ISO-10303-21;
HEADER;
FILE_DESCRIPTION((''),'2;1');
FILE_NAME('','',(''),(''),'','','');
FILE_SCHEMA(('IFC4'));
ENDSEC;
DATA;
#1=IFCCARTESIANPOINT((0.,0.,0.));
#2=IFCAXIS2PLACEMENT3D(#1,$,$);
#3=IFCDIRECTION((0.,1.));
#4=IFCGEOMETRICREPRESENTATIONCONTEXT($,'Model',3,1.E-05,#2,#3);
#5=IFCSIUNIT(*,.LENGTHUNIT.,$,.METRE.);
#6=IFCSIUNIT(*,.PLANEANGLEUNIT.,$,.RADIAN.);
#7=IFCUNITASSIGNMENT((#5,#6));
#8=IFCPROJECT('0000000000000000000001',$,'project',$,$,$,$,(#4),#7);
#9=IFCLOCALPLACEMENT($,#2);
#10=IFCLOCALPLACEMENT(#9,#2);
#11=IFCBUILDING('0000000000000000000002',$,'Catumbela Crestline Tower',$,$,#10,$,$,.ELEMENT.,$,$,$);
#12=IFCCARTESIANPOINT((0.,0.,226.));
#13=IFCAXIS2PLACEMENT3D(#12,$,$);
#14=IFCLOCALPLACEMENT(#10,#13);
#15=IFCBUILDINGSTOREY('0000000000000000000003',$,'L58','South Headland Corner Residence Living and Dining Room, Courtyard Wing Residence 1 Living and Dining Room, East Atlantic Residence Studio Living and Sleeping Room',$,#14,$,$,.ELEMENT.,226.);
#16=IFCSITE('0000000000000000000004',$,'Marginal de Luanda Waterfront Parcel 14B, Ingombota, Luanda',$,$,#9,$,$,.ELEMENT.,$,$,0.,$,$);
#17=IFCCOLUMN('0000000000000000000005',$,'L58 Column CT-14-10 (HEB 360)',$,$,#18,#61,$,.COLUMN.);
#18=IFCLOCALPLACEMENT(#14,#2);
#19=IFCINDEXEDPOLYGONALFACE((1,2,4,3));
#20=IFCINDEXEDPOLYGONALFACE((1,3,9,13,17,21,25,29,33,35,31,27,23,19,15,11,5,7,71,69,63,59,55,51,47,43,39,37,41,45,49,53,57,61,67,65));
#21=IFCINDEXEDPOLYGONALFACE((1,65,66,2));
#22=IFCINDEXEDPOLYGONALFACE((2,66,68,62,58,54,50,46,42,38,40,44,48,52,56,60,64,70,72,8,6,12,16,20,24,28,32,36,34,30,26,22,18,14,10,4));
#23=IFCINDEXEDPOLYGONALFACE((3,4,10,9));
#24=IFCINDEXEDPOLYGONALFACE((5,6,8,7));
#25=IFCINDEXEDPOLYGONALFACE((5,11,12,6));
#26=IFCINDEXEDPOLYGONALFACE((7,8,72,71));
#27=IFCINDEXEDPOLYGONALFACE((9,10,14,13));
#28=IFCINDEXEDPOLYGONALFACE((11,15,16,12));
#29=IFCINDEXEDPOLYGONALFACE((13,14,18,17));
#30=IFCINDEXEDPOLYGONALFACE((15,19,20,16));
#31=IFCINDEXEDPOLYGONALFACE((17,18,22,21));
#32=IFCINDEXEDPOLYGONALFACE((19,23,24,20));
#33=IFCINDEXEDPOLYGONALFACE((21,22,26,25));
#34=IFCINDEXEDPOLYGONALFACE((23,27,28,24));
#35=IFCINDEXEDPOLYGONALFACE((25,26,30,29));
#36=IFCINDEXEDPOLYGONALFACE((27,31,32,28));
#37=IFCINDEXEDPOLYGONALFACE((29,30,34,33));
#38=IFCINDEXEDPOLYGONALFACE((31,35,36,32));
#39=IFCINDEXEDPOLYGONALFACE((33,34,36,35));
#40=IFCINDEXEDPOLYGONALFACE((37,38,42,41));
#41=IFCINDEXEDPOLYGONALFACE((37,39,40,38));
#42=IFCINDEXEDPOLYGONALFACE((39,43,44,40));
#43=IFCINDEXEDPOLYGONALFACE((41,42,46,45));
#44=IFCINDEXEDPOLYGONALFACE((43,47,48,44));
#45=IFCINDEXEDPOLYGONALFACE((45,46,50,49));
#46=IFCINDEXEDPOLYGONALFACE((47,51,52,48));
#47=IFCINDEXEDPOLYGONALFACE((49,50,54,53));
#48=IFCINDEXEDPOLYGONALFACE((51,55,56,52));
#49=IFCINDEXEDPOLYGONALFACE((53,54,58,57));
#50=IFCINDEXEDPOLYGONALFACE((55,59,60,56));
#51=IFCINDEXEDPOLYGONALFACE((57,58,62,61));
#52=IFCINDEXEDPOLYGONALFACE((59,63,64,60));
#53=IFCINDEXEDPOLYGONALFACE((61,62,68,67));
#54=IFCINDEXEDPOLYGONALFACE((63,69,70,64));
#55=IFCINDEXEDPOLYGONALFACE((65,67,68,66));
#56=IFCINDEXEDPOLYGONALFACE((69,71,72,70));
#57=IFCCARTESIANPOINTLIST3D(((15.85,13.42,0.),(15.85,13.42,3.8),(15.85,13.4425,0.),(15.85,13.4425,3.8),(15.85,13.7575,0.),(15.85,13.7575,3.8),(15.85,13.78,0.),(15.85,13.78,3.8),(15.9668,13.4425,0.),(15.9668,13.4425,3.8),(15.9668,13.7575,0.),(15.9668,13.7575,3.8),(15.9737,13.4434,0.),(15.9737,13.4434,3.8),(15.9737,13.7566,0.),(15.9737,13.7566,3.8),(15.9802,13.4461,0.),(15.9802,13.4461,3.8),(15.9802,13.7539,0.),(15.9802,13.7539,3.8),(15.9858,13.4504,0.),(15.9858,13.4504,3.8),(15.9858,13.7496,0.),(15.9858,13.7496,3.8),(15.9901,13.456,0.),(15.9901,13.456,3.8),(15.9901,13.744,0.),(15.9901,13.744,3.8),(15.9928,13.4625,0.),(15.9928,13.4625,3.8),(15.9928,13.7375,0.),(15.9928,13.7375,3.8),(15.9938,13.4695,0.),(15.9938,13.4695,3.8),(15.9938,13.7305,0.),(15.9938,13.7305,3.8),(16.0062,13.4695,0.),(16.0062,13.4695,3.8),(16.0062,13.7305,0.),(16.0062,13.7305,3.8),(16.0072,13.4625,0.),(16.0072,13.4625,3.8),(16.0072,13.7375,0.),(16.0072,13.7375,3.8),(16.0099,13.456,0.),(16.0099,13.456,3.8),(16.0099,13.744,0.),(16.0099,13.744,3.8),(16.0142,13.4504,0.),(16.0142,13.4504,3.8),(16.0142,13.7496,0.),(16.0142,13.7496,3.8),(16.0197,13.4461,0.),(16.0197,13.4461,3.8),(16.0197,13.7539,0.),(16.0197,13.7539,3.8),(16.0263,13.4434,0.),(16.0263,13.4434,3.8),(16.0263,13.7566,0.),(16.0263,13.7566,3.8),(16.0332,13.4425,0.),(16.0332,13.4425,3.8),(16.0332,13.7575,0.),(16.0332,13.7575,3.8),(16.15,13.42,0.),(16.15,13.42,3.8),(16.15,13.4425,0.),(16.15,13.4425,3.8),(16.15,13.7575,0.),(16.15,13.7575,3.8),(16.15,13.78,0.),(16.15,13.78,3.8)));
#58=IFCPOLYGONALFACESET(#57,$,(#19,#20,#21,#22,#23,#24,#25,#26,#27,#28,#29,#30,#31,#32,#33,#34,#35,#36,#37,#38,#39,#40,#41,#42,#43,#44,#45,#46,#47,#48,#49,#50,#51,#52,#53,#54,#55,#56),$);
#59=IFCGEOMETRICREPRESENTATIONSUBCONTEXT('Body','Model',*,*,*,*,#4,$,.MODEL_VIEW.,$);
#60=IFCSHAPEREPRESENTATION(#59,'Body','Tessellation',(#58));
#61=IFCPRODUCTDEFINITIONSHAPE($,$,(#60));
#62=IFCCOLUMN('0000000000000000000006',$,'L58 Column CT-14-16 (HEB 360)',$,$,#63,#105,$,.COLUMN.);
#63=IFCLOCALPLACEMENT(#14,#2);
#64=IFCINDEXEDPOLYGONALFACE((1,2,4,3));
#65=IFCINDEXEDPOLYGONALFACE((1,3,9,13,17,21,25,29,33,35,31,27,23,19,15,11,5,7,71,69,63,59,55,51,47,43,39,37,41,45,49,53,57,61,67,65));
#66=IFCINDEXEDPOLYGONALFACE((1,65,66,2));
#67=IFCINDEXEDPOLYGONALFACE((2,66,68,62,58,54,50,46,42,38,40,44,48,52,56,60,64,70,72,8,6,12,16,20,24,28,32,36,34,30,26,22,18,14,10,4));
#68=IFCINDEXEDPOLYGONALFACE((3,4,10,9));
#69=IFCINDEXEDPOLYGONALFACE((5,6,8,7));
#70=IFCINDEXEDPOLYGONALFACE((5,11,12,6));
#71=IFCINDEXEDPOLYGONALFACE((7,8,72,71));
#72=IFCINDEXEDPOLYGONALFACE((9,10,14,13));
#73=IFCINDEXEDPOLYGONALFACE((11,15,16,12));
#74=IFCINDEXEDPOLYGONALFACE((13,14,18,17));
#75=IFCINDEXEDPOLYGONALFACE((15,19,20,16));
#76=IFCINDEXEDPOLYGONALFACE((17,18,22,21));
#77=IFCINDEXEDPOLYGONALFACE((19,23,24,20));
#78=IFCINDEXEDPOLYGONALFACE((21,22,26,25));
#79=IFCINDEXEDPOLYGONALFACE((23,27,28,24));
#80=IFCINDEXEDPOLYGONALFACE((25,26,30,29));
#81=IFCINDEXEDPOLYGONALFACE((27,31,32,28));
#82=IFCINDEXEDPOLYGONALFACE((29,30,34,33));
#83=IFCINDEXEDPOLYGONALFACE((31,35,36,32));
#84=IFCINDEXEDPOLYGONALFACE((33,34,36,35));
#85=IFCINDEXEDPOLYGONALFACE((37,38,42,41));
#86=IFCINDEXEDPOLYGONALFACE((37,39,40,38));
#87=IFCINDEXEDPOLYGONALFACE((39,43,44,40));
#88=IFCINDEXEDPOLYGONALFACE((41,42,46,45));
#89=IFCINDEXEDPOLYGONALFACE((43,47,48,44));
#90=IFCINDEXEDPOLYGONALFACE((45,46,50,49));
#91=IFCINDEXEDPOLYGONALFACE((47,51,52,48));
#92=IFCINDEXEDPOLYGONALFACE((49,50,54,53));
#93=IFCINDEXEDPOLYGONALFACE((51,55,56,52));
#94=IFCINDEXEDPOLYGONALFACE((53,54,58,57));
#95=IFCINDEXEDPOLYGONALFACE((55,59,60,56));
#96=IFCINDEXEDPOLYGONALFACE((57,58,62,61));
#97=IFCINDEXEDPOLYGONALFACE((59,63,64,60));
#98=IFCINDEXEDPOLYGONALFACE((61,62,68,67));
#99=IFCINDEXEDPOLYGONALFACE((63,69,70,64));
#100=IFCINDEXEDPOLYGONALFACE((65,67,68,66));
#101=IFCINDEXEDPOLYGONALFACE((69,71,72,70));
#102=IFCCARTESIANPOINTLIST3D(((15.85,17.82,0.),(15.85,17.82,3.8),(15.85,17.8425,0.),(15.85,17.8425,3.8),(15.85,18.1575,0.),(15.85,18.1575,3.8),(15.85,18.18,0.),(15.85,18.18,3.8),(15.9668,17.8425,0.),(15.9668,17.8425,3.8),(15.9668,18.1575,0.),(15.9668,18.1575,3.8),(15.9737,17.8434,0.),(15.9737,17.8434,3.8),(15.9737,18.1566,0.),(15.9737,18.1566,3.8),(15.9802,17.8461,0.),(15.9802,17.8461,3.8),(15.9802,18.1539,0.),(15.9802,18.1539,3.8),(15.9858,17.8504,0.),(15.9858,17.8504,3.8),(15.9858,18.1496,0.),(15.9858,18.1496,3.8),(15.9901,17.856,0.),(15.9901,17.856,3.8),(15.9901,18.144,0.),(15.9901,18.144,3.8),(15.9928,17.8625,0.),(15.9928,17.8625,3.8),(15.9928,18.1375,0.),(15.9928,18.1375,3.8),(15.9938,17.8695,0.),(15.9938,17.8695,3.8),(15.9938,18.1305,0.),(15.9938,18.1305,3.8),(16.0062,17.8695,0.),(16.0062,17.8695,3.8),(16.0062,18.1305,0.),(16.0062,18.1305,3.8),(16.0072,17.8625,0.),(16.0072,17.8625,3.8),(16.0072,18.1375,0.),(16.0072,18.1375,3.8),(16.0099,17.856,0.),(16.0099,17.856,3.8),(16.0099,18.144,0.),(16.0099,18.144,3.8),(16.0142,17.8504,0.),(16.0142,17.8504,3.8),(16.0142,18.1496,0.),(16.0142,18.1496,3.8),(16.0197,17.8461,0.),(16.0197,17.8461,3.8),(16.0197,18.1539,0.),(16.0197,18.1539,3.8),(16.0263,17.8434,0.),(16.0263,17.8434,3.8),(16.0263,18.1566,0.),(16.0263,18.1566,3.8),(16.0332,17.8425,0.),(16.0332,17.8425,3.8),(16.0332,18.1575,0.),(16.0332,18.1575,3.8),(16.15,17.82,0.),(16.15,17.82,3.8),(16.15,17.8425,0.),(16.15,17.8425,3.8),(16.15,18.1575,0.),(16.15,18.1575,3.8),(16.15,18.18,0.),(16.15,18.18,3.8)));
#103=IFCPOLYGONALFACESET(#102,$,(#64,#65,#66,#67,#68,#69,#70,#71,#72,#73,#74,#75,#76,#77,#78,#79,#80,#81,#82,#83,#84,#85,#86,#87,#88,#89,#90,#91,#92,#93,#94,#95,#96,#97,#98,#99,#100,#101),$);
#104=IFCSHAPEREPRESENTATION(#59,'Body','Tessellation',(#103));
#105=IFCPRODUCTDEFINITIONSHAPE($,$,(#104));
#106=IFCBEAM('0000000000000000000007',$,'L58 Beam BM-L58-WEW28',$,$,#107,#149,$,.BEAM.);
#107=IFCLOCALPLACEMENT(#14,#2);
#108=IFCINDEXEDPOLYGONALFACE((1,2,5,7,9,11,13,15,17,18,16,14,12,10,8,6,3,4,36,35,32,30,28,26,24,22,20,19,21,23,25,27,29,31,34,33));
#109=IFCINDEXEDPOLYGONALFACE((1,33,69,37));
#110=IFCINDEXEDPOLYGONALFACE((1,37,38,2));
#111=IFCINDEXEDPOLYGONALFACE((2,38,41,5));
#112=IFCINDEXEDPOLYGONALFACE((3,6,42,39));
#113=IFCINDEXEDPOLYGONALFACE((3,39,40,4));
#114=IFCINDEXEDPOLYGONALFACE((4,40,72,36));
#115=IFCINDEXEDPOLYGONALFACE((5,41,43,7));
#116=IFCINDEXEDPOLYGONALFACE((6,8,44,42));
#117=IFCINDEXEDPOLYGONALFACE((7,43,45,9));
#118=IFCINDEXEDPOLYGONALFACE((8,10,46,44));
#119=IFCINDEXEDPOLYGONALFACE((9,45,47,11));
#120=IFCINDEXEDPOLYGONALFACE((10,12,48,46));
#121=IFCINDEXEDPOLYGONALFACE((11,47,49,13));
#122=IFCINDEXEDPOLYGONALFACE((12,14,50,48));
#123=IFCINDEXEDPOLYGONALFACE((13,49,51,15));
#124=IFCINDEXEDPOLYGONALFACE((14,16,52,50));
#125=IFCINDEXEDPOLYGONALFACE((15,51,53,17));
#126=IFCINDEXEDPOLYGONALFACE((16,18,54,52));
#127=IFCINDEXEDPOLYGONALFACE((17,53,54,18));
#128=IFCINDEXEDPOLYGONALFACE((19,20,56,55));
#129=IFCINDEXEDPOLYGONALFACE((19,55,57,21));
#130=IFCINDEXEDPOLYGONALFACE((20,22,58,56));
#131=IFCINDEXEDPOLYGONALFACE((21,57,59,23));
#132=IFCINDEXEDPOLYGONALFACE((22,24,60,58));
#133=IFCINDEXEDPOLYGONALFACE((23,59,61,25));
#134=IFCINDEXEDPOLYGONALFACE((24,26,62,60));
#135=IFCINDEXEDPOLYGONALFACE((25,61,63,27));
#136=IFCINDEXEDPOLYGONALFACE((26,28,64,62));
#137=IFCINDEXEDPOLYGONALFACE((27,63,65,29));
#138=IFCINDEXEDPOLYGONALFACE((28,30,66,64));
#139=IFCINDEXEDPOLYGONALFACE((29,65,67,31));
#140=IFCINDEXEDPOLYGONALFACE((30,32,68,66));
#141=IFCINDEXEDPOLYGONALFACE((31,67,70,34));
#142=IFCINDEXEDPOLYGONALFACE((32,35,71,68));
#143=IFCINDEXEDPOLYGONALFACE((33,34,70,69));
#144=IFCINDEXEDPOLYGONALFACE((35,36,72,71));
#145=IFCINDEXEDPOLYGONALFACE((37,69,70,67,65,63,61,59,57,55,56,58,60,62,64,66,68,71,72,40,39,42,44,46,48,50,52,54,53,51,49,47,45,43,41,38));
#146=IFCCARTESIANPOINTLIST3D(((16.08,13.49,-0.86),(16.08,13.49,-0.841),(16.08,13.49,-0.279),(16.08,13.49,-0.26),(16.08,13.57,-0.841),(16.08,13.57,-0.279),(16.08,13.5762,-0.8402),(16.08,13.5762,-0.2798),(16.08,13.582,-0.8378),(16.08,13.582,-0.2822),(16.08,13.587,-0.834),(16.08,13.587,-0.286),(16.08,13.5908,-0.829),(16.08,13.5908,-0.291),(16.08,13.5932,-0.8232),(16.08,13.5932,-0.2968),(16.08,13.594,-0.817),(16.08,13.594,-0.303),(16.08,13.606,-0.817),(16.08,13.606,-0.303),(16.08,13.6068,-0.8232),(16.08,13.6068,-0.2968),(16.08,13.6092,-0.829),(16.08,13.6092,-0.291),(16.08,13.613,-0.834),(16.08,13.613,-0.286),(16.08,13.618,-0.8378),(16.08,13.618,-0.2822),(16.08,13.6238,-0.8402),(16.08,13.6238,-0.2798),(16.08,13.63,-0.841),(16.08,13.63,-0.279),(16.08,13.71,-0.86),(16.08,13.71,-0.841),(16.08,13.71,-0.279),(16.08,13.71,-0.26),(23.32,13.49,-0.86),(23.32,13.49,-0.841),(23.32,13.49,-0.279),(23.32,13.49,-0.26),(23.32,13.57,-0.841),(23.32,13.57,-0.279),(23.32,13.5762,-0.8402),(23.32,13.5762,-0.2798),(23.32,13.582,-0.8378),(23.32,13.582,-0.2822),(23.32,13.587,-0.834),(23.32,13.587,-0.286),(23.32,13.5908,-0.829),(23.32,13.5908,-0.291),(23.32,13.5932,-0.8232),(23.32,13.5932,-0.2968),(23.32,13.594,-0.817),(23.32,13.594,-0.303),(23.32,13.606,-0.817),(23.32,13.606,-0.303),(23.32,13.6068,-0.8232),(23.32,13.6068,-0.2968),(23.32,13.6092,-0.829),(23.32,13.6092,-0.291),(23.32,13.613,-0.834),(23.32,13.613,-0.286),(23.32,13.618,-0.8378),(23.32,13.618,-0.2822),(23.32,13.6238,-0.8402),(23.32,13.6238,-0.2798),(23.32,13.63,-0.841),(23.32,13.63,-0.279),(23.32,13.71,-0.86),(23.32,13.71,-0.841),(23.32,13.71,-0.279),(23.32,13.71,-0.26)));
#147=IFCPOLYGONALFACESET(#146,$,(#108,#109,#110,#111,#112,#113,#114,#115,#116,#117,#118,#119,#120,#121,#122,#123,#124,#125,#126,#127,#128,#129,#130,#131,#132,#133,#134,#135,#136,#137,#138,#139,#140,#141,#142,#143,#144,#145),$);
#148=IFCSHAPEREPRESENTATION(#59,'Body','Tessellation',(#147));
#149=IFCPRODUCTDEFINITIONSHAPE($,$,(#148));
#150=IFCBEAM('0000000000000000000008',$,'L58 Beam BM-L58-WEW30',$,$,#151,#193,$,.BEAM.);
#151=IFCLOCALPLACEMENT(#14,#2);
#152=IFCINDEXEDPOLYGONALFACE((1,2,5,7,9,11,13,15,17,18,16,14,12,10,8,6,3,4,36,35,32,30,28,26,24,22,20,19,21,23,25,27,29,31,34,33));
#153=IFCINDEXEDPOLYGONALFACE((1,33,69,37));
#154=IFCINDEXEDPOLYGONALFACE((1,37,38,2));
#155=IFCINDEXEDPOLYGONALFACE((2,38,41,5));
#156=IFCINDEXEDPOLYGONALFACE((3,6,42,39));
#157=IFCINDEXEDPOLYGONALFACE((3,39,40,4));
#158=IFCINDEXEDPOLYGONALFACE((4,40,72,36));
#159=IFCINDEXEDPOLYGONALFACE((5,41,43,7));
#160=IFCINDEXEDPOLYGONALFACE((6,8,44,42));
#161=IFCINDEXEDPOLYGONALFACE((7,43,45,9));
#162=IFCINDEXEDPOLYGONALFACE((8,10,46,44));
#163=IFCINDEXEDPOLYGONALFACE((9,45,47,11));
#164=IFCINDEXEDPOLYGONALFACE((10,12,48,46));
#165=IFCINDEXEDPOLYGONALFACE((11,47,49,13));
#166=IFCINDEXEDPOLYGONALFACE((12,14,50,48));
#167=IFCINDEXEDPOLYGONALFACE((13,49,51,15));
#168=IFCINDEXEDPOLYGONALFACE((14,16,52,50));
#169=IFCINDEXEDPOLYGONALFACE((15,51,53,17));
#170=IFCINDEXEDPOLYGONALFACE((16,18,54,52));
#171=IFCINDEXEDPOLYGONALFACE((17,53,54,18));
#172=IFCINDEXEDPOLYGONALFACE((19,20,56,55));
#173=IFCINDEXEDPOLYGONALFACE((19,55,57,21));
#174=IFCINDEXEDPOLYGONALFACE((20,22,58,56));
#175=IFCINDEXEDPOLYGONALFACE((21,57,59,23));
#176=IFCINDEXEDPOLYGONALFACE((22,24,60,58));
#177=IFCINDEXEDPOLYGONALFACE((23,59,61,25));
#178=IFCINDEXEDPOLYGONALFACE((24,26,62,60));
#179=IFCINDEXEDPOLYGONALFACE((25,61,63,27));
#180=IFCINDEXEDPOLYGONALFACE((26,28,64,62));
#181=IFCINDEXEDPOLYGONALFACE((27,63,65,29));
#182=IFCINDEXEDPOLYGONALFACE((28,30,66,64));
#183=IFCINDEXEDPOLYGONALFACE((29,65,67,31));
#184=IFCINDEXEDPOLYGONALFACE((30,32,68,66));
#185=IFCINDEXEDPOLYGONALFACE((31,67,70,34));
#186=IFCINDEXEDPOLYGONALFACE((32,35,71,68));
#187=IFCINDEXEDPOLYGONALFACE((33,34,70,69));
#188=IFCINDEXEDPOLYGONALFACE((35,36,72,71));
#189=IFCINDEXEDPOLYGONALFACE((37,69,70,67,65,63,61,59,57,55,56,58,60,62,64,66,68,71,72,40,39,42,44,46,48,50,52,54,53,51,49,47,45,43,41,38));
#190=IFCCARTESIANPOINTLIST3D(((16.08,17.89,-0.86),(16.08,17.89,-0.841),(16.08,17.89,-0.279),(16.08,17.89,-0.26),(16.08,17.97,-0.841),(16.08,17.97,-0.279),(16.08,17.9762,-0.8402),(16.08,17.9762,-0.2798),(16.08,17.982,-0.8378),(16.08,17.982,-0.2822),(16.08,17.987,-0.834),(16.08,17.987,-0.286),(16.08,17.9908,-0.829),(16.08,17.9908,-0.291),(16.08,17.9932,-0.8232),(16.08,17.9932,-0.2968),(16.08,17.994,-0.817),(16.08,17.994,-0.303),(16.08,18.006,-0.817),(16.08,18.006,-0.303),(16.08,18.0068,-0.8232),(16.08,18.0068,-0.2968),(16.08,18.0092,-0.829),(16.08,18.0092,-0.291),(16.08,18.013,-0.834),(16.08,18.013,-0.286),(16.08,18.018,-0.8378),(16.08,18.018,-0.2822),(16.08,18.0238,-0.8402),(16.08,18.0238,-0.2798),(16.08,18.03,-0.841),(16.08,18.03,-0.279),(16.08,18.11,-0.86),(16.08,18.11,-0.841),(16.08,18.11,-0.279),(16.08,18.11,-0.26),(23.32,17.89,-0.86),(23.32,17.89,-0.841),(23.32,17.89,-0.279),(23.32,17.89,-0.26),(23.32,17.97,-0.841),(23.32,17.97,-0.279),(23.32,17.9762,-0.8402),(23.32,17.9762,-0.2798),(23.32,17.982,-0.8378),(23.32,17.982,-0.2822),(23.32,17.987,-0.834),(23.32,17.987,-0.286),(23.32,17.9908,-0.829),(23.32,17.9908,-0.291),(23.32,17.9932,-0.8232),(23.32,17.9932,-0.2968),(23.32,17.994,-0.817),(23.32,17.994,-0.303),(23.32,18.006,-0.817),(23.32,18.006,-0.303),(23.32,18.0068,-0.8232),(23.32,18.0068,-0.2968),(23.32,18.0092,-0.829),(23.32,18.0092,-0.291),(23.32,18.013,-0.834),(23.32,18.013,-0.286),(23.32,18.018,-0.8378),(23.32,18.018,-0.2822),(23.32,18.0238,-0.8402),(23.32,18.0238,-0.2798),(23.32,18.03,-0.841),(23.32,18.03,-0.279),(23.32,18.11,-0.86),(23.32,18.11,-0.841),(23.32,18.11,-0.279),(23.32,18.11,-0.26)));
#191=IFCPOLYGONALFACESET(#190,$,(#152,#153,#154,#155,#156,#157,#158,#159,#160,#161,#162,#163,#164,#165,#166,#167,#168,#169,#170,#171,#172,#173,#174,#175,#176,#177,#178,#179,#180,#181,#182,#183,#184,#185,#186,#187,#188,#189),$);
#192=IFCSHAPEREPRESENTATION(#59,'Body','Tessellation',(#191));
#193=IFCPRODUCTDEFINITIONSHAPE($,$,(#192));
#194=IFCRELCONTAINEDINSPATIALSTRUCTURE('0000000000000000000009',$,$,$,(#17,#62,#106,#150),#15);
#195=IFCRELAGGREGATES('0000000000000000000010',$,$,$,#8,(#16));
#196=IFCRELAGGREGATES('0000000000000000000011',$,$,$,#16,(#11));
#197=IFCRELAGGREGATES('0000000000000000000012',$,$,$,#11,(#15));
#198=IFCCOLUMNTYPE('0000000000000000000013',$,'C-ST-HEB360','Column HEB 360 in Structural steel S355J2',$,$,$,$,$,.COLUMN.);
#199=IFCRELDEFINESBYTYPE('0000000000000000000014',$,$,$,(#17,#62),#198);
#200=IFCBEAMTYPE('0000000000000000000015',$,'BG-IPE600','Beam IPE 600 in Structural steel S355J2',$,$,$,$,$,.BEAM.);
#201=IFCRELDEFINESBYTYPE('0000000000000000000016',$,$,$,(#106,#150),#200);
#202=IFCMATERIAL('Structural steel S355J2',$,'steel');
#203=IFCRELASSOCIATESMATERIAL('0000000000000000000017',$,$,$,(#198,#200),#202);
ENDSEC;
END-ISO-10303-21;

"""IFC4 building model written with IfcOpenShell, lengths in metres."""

from ifc_helpers import new_model, si_unit, direction, frame, origin, origin_2d, place, context, subcontext, project, spatial, i_section, extrude, material, material_profile, profile_set, type_object, element, save


model = new_model("IFC4")

# Units and contexts
model_context = context("Model", 3, precision=1e-05, world=origin(), true_north=direction((0.0, 1.0)))
body_context = subcontext(model_context, "Body", "Model", "MODEL_VIEW")
ifc_project = project(units=[si_unit("LENGTHUNIT", "METRE"), si_unit("PLANEANGLEUNIT", "RADIAN")], contexts=[model_context])

# Site, building, storey
site_placement = place(None, origin())
site = spatial("IfcSite", under=ifc_project, at=site_placement, Name="Marginal de Luanda Waterfront Parcel 14B, Ingombota, Luanda", CompositionType="ELEMENT", RefElevation=0.0)
building_placement = place(site_placement, origin())
building = spatial("IfcBuilding", under=site, at=building_placement, Name="Catumbela Crestline Tower", CompositionType="ELEMENT")
storey_placement = place(building_placement, frame((0.0, 0.0, 226.0)))
storey = spatial("IfcBuildingStorey", under=building, at=storey_placement, Name="L58", Description="South Headland Corner Residence Living and Dining Room, Courtyard Wing Residence 1 Living and Dining Room, East Atlantic Residence Studio Living and Sleeping Room", CompositionType="ELEMENT", Elevation=226.0)

# Columns
ifc_material_1 = material(Name="Structural steel S355J2", Category="steel")
ifc_material_profile_1 = material_profile(ifc_material_1, i_section(OverallWidth=0.3, OverallDepth=0.36, WebThickness=0.0125, FlangeThickness=0.0225, FilletRadius=0.027, at=origin_2d()), Name="HEB 360")
ifc_profile_set_1 = profile_set([ifc_material_profile_1], Name="Structural steel S355J2")
column_type = type_object("IfcColumnType", Name="C-ST-HEB360", Description="Column HEB 360 in Structural steel S355J2", PredefinedType="COLUMN", material=ifc_profile_set_1)
for number, where, z_axis, x_axis, name in (
    (1, (16.0, 13.6, 0.0), (0.0, 0.0, 1.0), (1.0, 0.0, 0.0), "L58 Column CT-14-10 (HEB 360)"),
    (2, (16.0, 18.0, 0.0), (0.0, 0.0, 1.0), (1.0, 0.0, 0.0), "L58 Column CT-14-16 (HEB 360)"),
):
    element("IfcColumn", number, at=place(storey_placement, frame(where, z_axis=z_axis, x_axis=x_axis)), inside=storey, type_object=column_type, Name=name, PredefinedType="COLUMN", context=body_context, shape_type="SweptSolid", body=[
        extrude(i_section(OverallWidth=0.3, OverallDepth=0.36, WebThickness=0.0125, FlangeThickness=0.0225, FilletRadius=0.027, at=origin_2d()), origin(), (0.0, 0.0, 1.0), 3.8),
    ])

# Beams
ifc_material_profile_2 = material_profile(ifc_material_1, i_section(OverallWidth=0.22, OverallDepth=0.6, WebThickness=0.012, FlangeThickness=0.019, FilletRadius=0.024, at=origin_2d()), Name="IPE 600")
ifc_profile_set_2 = profile_set([ifc_material_profile_2], Name="Structural steel S355J2")
beam_type_1 = type_object("IfcBeamType", Name="BG-IPE600", Description="Beam IPE 600 in Structural steel S355J2", PredefinedType="BEAM", material=ifc_profile_set_2)
for number, where, z_axis, x_axis, name in (
    (3, (16.08, 13.6, -0.56), (1.0, 0.0, 0.0), (0.0, 1.0, 0.0), "L58 Beam BM-L58-WEW28"),
    (4, (16.08, 18.0, -0.56), (1.0, 0.0, 0.0), (0.0, 1.0, 0.0), "L58 Beam BM-L58-WEW30"),
):
    element("IfcBeam", number, at=place(storey_placement, frame(where, z_axis=z_axis, x_axis=x_axis)), inside=storey, type_object=beam_type_1, Name=name, PredefinedType="BEAM", context=body_context, shape_type="SweptSolid", body=[
        extrude(i_section(OverallWidth=0.22, OverallDepth=0.6, WebThickness=0.012, FlangeThickness=0.019, FilletRadius=0.024, at=origin_2d()), origin(), (0.0, 0.0, 1.0), 7.24),
    ])

save(model, "model.ifc")
